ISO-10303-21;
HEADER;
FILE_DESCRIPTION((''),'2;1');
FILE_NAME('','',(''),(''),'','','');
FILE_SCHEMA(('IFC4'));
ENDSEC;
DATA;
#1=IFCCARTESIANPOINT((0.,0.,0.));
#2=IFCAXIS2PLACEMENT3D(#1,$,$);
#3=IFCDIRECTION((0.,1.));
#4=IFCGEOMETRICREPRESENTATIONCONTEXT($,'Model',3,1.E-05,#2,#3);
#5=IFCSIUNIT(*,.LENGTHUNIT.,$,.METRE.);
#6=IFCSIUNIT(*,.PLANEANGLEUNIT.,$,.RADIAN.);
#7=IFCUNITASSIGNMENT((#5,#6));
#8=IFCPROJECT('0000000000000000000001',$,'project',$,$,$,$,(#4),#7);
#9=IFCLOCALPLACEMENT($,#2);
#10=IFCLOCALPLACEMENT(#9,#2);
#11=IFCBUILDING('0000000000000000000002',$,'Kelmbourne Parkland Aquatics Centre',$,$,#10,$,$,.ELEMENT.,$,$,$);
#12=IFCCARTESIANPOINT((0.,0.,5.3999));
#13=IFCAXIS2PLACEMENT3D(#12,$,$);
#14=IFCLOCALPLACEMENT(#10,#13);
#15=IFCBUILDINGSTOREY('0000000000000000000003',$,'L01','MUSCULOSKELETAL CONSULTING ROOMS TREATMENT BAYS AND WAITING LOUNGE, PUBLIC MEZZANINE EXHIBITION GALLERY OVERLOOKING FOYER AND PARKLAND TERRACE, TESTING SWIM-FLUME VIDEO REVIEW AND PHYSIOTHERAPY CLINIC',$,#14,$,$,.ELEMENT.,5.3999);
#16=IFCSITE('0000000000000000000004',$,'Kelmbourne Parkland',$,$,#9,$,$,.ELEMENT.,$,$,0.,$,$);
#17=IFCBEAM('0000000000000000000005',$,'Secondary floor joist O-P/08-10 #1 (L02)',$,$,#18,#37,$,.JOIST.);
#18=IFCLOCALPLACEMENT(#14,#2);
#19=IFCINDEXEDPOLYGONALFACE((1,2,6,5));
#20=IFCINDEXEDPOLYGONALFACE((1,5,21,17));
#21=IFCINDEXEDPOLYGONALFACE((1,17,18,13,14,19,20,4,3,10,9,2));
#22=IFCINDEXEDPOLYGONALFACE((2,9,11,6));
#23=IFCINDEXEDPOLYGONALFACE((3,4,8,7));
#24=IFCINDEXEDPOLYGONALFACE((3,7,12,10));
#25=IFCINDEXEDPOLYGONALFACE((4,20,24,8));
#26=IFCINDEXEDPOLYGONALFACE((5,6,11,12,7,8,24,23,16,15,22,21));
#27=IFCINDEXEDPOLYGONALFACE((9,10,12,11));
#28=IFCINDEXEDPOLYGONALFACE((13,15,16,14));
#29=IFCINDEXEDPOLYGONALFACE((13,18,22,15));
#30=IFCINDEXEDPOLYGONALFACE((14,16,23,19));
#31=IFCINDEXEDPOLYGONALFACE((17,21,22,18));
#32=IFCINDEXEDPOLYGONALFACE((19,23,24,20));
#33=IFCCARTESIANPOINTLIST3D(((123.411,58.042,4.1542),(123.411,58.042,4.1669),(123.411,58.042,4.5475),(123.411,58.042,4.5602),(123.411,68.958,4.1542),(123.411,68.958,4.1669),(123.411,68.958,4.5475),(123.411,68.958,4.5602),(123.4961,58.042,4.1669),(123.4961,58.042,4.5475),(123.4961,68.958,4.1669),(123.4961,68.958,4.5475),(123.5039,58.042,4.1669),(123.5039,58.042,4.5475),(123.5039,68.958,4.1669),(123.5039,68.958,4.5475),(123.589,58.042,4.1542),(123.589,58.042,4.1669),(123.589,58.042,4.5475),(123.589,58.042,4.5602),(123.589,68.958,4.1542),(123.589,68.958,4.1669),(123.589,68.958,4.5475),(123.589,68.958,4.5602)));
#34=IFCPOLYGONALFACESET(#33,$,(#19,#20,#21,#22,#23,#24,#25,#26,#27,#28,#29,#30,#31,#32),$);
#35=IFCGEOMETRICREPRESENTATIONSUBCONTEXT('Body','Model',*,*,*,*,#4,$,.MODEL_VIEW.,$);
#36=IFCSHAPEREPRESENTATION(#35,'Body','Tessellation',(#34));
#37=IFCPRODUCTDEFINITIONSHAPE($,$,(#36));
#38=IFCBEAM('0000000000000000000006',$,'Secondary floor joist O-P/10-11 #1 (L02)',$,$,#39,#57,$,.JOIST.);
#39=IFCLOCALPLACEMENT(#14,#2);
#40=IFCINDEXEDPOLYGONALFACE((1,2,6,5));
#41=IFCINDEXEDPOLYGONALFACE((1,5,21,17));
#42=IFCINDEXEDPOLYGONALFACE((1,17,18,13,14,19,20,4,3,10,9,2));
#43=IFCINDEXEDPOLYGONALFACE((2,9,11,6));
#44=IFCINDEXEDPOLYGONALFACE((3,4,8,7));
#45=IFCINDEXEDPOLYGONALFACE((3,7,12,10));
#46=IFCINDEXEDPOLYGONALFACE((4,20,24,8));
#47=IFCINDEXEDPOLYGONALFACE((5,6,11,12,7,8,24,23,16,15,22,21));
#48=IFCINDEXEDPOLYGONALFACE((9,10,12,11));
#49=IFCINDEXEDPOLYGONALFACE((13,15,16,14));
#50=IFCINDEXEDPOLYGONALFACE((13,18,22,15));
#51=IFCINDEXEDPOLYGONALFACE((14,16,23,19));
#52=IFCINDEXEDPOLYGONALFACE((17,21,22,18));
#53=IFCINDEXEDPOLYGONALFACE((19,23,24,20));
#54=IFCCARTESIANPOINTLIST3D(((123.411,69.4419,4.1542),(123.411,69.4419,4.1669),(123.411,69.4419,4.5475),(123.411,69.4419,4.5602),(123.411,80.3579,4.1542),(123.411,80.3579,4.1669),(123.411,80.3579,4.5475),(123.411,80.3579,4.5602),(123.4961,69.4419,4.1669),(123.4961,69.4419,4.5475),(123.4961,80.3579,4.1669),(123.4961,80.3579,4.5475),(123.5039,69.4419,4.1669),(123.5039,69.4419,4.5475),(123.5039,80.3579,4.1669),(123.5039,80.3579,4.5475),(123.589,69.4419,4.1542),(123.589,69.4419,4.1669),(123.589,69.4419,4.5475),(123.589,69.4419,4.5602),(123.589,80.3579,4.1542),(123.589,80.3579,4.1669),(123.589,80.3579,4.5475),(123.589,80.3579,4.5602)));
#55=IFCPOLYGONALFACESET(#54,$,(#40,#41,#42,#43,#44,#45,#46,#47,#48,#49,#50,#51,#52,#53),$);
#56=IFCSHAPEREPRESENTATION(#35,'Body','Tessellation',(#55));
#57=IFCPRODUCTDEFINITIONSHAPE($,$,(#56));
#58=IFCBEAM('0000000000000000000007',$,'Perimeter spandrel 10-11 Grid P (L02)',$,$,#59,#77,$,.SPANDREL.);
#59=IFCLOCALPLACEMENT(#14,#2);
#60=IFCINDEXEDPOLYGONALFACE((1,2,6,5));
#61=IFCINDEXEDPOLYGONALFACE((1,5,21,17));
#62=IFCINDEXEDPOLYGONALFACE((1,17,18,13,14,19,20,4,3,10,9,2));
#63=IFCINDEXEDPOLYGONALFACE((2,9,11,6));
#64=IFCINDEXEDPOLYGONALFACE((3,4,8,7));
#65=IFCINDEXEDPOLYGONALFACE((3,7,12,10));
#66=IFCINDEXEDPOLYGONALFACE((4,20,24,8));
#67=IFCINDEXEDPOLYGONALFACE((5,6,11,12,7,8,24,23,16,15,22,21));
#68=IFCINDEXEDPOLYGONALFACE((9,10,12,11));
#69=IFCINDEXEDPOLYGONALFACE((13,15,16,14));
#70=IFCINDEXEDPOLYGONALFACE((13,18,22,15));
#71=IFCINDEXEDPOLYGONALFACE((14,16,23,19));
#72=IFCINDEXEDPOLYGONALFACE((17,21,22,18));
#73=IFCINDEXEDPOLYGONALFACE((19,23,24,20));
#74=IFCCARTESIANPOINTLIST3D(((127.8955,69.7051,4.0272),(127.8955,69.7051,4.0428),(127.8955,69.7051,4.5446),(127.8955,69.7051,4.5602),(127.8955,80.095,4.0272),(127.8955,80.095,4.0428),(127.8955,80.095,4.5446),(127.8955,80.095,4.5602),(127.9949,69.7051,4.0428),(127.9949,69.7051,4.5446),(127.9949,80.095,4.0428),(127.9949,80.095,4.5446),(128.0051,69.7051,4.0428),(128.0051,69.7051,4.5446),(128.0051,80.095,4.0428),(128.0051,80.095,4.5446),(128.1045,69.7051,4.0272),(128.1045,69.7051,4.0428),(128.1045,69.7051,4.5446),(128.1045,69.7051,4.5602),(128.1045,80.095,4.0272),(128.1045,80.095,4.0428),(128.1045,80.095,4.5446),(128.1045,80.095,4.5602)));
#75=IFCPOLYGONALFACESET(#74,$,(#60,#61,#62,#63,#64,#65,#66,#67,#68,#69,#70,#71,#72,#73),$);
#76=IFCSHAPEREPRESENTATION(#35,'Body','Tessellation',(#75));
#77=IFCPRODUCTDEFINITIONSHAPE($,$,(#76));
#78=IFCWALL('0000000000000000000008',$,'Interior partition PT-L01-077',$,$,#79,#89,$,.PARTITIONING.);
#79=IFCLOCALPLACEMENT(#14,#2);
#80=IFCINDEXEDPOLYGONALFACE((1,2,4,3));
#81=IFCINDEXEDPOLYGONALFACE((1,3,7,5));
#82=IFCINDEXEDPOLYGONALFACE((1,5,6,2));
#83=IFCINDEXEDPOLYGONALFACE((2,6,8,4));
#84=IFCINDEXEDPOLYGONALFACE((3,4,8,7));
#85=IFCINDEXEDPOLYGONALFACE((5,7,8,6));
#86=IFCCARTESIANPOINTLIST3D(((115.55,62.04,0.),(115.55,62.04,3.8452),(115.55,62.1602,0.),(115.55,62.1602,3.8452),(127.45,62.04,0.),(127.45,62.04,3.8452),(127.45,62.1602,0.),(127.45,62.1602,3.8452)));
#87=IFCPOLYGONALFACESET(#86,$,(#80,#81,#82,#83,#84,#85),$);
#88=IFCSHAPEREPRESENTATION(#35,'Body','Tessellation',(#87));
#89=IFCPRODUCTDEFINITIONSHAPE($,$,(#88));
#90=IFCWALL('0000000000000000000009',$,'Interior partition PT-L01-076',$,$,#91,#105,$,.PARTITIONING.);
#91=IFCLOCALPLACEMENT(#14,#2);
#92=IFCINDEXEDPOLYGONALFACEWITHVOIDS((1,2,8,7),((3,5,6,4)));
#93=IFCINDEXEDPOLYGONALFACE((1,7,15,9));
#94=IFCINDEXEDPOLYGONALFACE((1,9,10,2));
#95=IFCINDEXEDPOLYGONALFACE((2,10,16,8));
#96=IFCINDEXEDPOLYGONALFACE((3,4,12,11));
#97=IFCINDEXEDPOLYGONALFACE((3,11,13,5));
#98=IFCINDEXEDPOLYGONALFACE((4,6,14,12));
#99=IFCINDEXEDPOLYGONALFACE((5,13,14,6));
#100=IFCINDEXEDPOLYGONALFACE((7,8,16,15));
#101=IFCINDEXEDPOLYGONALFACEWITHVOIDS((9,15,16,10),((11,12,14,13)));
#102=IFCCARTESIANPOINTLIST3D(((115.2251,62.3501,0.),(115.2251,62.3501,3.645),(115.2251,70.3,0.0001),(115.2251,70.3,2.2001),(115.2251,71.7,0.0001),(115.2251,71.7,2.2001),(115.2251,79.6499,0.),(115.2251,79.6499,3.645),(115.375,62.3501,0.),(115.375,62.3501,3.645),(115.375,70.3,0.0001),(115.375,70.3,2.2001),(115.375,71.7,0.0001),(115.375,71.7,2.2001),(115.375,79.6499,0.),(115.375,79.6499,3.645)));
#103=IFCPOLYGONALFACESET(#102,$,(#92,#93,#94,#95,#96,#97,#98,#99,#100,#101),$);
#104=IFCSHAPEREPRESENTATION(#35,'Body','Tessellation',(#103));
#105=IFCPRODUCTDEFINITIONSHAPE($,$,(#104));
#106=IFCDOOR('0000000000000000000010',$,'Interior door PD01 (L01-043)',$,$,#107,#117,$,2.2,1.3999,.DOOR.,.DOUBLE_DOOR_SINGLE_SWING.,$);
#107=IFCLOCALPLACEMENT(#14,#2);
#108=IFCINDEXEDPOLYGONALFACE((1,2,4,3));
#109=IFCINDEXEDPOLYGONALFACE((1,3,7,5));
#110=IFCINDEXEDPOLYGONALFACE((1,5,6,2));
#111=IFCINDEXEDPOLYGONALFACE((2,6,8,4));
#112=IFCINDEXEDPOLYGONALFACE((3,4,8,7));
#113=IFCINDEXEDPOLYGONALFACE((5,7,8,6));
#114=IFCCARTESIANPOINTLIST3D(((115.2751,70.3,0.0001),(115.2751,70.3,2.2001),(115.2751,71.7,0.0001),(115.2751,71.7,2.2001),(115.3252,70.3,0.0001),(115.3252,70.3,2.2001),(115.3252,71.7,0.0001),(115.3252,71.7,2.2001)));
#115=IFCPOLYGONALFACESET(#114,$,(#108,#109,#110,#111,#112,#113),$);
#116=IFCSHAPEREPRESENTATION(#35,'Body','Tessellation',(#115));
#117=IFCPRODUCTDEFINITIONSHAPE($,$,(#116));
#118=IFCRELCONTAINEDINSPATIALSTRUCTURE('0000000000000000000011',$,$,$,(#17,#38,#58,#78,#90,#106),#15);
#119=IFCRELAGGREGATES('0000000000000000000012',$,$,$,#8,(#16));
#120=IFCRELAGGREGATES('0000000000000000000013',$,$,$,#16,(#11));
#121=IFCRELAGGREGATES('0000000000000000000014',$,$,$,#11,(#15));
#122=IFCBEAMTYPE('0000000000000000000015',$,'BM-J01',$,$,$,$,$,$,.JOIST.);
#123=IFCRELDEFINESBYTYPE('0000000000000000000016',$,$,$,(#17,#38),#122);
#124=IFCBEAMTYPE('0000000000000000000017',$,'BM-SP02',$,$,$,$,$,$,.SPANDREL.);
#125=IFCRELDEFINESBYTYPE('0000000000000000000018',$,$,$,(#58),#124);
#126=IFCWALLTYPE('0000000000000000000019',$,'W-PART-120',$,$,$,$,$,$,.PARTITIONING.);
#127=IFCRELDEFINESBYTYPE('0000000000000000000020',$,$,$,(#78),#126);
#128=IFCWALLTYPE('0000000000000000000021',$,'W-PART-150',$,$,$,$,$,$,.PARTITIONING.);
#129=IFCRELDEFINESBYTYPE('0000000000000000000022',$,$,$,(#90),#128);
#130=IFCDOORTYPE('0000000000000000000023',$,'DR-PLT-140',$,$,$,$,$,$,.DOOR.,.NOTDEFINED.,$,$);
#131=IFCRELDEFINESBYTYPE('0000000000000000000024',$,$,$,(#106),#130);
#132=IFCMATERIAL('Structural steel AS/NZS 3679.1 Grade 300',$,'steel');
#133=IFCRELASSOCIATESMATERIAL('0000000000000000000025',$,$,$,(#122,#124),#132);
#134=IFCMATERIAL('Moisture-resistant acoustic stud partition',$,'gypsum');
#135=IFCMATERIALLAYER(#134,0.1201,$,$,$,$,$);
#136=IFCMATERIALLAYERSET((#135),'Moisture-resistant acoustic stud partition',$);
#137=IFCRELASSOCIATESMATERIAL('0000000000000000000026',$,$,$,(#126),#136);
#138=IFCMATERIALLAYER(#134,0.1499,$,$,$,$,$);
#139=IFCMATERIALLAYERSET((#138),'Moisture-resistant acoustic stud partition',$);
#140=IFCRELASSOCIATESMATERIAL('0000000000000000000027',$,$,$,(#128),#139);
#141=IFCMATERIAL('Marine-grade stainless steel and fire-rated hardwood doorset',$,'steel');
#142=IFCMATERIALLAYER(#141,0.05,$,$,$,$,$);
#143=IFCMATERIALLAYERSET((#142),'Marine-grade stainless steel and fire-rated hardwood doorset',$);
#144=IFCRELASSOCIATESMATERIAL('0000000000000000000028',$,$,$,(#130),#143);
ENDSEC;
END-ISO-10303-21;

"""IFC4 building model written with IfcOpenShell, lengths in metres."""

from ifc_helpers import new_model, si_unit, direction, frame, frame_2d, origin, origin_2d, place, context, subcontext, project, spatial, rectangle, i_section, extrude, material, layer, layer_set, material_profile, profile_set, type_object, element, fill, save


model = new_model("IFC4")

# Units and contexts
model_context = context("Model", 3, precision=1e-05, world=origin(), true_north=direction((0.0, 1.0)))
body_context = subcontext(model_context, "Body", "Model", "MODEL_VIEW")
ifc_project = project(units=[si_unit("LENGTHUNIT", "METRE"), si_unit("PLANEANGLEUNIT", "RADIAN")], contexts=[model_context])

# Site, building, storey
site_placement = place(None, origin())
site = spatial("IfcSite", under=ifc_project, at=site_placement, Name="Kelmbourne Parkland", CompositionType="ELEMENT", RefElevation=0.0)
building_placement = place(site_placement, origin())
building = spatial("IfcBuilding", under=site, at=building_placement, Name="Kelmbourne Parkland Aquatics Centre", CompositionType="ELEMENT")
storey_placement = place(building_placement, frame((0.0, 0.0, 5.3999)))
storey = spatial("IfcBuildingStorey", under=building, at=storey_placement, Name="L01", Description="MUSCULOSKELETAL CONSULTING ROOMS TREATMENT BAYS AND WAITING LOUNGE, PUBLIC MEZZANINE EXHIBITION GALLERY OVERLOOKING FOYER AND PARKLAND TERRACE, TESTING SWIM-FLUME VIDEO REVIEW AND PHYSIOTHERAPY CLINIC", CompositionType="ELEMENT", Elevation=5.3999)

# Shared definitions
ifc_material_1 = material(Name="Structural steel AS/NZS 3679.1 Grade 300", Category="steel")

# Beams
ifc_material_profile_1 = material_profile(ifc_material_1, i_section(OverallWidth=0.178, OverallDepth=0.406, WebThickness=0.0078, FlangeThickness=0.0127, at=origin_2d()), Name="410UB59.7")
ifc_profile_set_1 = profile_set([ifc_material_profile_1], Name="Structural steel AS/NZS 3679.1 Grade 300")
beam_type_1 = type_object("IfcBeamType", Name="BM-J01", PredefinedType="JOIST", material=ifc_profile_set_1)
for number, where, z_axis, x_axis, name in (
    (1, (123.5, 58.042, 4.3572), (0.0, 1.0, 0.0), (-1.0, 0.0, 0.0), "Secondary floor joist O-P/08-10 #1 (L02)"),
    (2, (123.5, 69.4419, 4.3572), (0.0, 1.0, 0.0), (-1.0, 0.0, 0.0), "Secondary floor joist O-P/10-11 #1 (L02)"),
):
    element("IfcBeam", number, at=place(storey_placement, frame(where, z_axis=z_axis, x_axis=x_axis)), inside=storey, type_object=beam_type_1, Name=name, PredefinedType="JOIST", context=body_context, shape_type="SweptSolid", body=[
        extrude(i_section(OverallWidth=0.178, OverallDepth=0.406, WebThickness=0.0078, FlangeThickness=0.0127, at=origin_2d()), origin(), (0.0, 0.0, 1.0), 10.916),
    ])
ifc_material_profile_2 = material_profile(ifc_material_1, i_section(OverallWidth=0.209, OverallDepth=0.533, WebThickness=0.0103, FlangeThickness=0.0156, at=origin_2d()), Name="530UB92.4")
ifc_profile_set_2 = profile_set([ifc_material_profile_2], Name="Structural steel AS/NZS 3679.1 Grade 300")
beam_type_2 = type_object("IfcBeamType", Name="BM-SP02", PredefinedType="SPANDREL", material=ifc_profile_set_2)
beam_1_placement = place(storey_placement, frame((128.0, 69.7051, 4.2937), z_axis=(0.0, 1.0, 0.0), x_axis=(-1.0, 0.0, 0.0)))
element("IfcBeam", 3, at=beam_1_placement, inside=storey, type_object=beam_type_2, Name="Perimeter spandrel 10-11 Grid P (L02)", PredefinedType="SPANDREL", context=body_context, shape_type="SweptSolid", body=[
    extrude(i_section(OverallWidth=0.209, OverallDepth=0.533, WebThickness=0.0103, FlangeThickness=0.0156, at=origin_2d()), origin(), (0.0, 0.0, 1.0), 10.3899),
])

# Wall
ifc_material_2 = material(Name="Moisture-resistant acoustic stud partition", Category="gypsum")
ifc_layer_1 = layer(ifc_material_2, 0.1201)
ifc_layer_set_1 = layer_set([ifc_layer_1], Name="Moisture-resistant acoustic stud partition")
wall_type_1 = type_object("IfcWallType", Name="W-PART-120", PredefinedType="PARTITIONING", material=ifc_layer_set_1)
wall_1_placement = place(storey_placement, frame((115.55, 62.1001, 0.0), z_axis=(0.0, 0.0, 1.0), x_axis=(1.0, 0.0, 0.0)))
element("IfcWall", 4, at=wall_1_placement, inside=storey, type_object=wall_type_1, Name="Interior partition PT-L01-077", PredefinedType="PARTITIONING", context=body_context, shape_type="SweptSolid", body=[
    extrude(rectangle(XDim=11.8999, YDim=0.1201, at=frame_2d((5.95, 0.0))), origin(), (0.0, 0.0, 1.0), 3.8452),
])

# Wall, opening, door
ifc_layer_2 = layer(ifc_material_2, 0.1499)
ifc_layer_set_2 = layer_set([ifc_layer_2], Name="Moisture-resistant acoustic stud partition")
wall_type_2 = type_object("IfcWallType", Name="W-PART-150", PredefinedType="PARTITIONING", material=ifc_layer_set_2)
wall_2_placement = place(storey_placement, frame((115.3, 62.3501, 0.0), z_axis=(0.0, 0.0, 1.0), x_axis=(0.0, 1.0, 0.0)))
wall_2 = element("IfcWall", 5, at=wall_2_placement, inside=storey, type_object=wall_type_2, Name="Interior partition PT-L01-076", PredefinedType="PARTITIONING", context=body_context, shape_type="SweptSolid", body=[
    extrude(rectangle(XDim=17.2998, YDim=0.1499, at=frame_2d((8.6499, 0.0))), origin(), (0.0, 0.0, 1.0), 3.645),
])
opening_placement = place(wall_2_placement, frame((7.95, 0.0, 0.0)))
opening = element("IfcOpeningElement", 6, at=opening_placement, cuts=wall_2, PredefinedType="OPENING", context=body_context, shape_type="SweptSolid", body=[
    extrude(rectangle(XDim=1.3999, YDim=2.2, at=frame_2d((0.7, 1.1001))), frame((0.0, 0.0869, 0.0), z_axis=(0.0, -1.0, 0.0), x_axis=(1.0, 0.0, 0.0)), (0.0, 0.0, 1.0), 0.1738),
])
ifc_material_3 = material(Name="Marine-grade stainless steel and fire-rated hardwood doorset", Category="steel")
ifc_layer_3 = layer(ifc_material_3, 0.05)
ifc_layer_set_3 = layer_set([ifc_layer_3], Name="Marine-grade stainless steel and fire-rated hardwood doorset")
door_type = type_object("IfcDoorType", Name="DR-PLT-140", OperationType="NOTDEFINED", PredefinedType="DOOR", material=ifc_layer_set_3)
door_placement = place(opening_placement, origin())
door = element("IfcDoor", 7, at=door_placement, inside=storey, type_object=door_type, Name="Interior door PD01 (L01-043)", OperationType="DOUBLE_DOOR_SINGLE_SWING", OverallHeight=2.2, OverallWidth=1.3999, PredefinedType="DOOR", context=body_context, shape_type="SweptSolid", body=[
    extrude(rectangle(XDim=1.3999, YDim=2.2, at=frame_2d((0.7, 1.1001))), frame((0.0, 0.0249, 0.0), z_axis=(0.0, -1.0, 0.0), x_axis=(1.0, 0.0, 0.0)), (0.0, 0.0, 1.0), 0.05),
])
fill(opening, door)

save(model, "model.ifc")
